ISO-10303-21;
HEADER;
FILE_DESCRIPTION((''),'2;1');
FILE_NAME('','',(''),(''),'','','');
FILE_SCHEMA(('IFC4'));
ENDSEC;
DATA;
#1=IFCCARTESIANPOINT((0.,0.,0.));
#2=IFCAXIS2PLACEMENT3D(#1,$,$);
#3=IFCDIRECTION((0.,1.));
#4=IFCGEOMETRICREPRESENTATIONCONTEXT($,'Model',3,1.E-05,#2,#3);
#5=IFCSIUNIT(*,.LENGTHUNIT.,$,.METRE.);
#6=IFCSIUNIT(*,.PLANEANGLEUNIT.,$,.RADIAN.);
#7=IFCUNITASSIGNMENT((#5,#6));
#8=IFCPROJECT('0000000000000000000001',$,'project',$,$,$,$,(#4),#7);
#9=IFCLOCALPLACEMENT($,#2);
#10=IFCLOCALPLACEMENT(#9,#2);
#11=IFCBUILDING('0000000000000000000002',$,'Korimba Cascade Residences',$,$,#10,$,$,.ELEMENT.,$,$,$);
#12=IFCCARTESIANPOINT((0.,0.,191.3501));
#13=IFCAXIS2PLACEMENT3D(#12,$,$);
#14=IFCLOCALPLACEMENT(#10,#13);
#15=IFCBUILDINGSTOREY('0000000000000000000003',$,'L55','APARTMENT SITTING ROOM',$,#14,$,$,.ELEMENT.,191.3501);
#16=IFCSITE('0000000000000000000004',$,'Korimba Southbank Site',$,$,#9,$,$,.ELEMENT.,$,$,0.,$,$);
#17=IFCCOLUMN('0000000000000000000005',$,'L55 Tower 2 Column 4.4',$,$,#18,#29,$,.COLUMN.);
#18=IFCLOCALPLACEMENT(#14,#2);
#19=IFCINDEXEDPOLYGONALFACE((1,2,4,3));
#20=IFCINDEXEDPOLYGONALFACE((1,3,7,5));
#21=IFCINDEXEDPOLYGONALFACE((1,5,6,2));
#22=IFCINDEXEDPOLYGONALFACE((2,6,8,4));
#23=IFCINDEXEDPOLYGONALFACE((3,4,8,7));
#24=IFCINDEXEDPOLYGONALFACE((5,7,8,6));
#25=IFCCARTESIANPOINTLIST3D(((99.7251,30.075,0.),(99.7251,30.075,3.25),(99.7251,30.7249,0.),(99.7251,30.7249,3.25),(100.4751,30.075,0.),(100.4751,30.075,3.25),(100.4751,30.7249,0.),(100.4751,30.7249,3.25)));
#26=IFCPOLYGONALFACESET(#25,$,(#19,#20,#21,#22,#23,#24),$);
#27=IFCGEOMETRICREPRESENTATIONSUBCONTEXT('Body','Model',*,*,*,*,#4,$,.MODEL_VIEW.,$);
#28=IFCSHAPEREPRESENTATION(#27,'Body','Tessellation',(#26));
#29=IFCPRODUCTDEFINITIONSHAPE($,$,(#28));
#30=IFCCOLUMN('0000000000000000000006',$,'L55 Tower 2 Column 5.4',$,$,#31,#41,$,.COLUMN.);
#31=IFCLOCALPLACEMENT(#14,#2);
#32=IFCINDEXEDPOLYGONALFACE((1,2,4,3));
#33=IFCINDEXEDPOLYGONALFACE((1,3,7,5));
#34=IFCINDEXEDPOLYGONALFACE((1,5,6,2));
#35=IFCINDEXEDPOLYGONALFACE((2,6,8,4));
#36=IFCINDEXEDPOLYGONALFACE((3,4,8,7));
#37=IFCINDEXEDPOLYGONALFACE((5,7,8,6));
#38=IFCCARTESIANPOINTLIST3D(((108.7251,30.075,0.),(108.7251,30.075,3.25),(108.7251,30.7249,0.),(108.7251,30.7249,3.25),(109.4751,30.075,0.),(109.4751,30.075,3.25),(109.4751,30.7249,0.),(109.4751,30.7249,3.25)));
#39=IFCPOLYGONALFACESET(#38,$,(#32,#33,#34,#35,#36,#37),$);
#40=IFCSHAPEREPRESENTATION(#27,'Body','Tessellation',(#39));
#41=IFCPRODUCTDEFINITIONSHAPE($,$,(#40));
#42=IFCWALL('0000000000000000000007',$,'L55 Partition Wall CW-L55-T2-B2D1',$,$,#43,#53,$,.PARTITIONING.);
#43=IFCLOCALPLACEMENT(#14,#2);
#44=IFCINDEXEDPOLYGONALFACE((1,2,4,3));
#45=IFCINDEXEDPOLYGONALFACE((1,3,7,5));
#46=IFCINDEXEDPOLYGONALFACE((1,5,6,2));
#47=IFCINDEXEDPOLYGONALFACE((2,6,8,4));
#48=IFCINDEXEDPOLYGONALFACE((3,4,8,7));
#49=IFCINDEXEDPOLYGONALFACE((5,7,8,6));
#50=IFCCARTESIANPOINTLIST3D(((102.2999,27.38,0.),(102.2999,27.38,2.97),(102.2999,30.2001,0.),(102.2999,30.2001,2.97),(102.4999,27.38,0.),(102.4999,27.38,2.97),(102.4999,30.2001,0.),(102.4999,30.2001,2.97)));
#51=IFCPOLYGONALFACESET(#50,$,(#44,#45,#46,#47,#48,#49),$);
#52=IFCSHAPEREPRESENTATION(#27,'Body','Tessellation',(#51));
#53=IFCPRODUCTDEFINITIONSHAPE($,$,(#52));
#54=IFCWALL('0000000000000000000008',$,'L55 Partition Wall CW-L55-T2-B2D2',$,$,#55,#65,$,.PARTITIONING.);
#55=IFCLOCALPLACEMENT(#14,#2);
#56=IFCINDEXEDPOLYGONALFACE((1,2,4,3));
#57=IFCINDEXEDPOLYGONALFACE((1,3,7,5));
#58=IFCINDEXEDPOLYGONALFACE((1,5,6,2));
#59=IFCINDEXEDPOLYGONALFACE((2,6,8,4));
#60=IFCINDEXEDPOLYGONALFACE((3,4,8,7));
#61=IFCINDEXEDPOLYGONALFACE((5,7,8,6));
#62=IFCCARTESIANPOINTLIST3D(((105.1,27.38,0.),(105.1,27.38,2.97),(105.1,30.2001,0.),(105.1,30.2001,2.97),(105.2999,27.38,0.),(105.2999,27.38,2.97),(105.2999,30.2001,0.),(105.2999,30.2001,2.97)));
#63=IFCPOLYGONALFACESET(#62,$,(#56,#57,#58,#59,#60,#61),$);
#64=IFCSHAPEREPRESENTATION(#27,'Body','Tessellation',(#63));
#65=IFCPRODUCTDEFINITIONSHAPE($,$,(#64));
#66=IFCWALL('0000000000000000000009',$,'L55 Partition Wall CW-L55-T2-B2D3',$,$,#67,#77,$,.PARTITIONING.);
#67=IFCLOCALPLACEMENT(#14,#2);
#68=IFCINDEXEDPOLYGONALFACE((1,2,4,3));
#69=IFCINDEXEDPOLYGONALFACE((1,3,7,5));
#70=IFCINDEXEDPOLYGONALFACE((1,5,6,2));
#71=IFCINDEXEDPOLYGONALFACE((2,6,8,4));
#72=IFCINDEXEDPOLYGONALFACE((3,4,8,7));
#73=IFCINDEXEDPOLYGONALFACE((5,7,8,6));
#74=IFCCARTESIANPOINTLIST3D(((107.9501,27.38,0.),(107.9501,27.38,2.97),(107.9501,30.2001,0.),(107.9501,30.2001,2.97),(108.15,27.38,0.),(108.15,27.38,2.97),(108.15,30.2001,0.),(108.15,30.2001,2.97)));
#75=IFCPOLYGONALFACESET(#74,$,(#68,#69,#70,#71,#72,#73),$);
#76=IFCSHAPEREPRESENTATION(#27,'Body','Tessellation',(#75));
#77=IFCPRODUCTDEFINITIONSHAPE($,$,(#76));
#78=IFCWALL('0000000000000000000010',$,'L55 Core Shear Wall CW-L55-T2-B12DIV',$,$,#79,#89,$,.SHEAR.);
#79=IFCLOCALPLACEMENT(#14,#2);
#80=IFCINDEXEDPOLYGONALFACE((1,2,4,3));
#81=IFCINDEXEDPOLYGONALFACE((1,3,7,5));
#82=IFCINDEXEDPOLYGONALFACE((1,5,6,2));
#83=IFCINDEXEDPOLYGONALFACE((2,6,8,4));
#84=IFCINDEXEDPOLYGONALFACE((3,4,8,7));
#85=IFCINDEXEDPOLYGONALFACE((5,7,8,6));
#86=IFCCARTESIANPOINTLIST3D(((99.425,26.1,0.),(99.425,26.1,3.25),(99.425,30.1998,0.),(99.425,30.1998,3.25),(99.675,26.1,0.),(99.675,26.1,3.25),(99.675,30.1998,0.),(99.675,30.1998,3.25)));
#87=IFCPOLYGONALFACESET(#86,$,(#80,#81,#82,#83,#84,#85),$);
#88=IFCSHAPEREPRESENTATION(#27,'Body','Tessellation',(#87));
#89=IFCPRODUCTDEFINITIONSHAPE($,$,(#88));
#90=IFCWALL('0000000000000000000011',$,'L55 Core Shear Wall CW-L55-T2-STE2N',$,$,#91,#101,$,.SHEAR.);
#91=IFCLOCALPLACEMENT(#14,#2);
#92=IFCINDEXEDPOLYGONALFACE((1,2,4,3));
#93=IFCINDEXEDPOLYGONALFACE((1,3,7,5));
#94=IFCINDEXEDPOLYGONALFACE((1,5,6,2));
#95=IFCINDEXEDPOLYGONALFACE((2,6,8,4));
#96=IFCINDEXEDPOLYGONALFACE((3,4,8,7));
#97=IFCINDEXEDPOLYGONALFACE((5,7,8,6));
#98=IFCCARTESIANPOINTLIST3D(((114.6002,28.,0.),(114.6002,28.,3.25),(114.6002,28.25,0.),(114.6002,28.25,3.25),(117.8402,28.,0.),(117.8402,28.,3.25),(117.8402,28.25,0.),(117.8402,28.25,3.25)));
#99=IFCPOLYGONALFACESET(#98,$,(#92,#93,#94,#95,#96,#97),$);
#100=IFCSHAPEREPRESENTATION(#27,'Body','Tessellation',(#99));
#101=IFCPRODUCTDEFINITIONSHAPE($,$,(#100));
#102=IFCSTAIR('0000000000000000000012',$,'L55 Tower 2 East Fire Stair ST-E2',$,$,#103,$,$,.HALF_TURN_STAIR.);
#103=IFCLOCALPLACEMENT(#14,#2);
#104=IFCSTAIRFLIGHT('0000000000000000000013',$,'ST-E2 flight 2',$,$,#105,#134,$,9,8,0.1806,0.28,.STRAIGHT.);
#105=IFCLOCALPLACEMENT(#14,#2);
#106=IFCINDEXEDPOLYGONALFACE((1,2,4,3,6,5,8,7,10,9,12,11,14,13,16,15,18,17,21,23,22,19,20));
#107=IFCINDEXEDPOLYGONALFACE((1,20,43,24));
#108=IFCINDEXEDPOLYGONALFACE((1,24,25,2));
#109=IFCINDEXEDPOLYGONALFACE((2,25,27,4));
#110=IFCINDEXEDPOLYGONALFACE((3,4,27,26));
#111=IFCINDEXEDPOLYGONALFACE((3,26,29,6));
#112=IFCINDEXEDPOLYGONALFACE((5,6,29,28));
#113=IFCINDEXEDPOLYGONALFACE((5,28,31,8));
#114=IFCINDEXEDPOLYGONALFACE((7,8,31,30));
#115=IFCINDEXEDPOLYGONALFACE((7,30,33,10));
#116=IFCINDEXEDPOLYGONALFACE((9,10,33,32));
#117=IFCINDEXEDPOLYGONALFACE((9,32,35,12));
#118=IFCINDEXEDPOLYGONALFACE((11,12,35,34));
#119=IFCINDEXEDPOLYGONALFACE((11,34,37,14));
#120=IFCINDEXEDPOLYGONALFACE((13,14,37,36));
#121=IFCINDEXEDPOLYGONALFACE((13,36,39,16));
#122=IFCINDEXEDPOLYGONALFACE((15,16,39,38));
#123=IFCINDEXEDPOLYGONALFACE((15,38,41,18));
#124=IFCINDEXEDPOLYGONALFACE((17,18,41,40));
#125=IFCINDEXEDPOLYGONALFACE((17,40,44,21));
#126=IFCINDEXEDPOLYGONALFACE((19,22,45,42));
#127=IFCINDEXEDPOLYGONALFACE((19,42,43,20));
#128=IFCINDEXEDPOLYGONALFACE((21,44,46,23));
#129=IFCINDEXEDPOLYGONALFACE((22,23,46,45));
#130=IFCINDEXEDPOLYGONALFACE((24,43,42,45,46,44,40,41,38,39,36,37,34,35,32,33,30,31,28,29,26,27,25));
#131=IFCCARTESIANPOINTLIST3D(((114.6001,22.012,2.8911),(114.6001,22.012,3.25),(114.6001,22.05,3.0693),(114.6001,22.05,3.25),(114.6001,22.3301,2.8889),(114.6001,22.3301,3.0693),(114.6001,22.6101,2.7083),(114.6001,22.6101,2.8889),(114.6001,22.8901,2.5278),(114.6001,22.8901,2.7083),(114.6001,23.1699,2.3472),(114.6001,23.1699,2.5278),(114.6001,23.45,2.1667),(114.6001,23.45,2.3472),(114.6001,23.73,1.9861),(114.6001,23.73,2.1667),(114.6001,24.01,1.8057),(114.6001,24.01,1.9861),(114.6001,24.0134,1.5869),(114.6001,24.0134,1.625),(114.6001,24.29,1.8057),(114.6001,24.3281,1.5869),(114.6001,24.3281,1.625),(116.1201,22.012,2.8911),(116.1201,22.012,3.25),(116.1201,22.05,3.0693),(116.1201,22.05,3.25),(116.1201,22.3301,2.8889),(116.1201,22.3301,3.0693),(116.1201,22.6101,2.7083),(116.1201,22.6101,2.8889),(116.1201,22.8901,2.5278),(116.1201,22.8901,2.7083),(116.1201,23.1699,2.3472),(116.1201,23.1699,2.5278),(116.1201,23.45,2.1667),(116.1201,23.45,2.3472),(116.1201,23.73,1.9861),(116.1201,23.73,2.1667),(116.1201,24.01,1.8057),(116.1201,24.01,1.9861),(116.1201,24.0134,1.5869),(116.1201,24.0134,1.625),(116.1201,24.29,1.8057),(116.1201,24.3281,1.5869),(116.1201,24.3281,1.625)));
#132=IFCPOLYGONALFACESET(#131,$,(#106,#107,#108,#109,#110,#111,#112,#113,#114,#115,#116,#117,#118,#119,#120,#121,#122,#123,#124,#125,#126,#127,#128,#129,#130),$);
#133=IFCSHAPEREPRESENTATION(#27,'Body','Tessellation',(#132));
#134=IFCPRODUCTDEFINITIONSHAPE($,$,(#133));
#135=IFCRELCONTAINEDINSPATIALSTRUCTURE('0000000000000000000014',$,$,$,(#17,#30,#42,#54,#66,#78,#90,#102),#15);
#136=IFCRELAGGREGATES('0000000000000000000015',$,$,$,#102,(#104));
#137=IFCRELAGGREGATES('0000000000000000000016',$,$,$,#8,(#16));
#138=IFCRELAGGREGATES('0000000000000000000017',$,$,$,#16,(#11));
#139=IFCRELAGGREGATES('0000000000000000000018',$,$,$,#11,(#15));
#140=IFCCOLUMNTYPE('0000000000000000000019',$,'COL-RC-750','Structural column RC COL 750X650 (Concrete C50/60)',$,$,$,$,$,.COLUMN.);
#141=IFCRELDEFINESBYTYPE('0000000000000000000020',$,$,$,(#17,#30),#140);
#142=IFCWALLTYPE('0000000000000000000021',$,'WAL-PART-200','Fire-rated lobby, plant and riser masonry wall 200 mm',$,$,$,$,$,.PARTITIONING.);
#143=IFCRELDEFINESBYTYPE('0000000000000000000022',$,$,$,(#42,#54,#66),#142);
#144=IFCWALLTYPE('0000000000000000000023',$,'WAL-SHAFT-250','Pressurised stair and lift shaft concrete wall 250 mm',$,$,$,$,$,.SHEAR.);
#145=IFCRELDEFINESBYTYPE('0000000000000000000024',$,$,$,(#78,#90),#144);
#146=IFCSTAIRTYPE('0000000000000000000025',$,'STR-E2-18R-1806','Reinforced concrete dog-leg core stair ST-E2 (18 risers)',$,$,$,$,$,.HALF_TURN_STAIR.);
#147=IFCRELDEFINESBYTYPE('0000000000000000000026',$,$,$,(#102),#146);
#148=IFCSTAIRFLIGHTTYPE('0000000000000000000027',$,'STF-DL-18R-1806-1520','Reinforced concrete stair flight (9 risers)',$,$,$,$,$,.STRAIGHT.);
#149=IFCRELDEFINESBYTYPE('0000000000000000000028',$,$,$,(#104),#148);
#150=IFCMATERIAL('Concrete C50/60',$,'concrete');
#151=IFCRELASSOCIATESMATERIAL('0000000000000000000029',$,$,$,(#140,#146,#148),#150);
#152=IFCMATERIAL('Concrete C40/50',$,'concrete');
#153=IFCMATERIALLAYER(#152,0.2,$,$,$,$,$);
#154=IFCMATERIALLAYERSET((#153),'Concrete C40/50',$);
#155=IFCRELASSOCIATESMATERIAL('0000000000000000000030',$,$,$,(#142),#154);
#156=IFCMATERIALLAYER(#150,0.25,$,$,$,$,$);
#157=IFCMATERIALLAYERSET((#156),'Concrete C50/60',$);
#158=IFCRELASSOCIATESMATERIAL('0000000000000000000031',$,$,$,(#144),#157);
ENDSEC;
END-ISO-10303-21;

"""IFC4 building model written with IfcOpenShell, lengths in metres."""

from ifc_helpers import new_model, si_unit, direction, frame, frame_2d, origin, origin_2d, place, context, subcontext, project, spatial, polyline, rectangle, outline, extrude, material, layer, layer_set, material_profile, profile_set, type_object, element, aggregate, save


model = new_model("IFC4")

# Units and contexts
model_context = context("Model", 3, precision=1e-05, world=origin(), true_north=direction((0.0, 1.0)))
body_context = subcontext(model_context, "Body", "Model", "MODEL_VIEW")
ifc_project = project(units=[si_unit("LENGTHUNIT", "METRE"), si_unit("PLANEANGLEUNIT", "RADIAN")], contexts=[model_context])

# Site, building, storey
site_placement = place(None, origin())
site = spatial("IfcSite", under=ifc_project, at=site_placement, Name="Korimba Southbank Site", CompositionType="ELEMENT", RefElevation=0.0)
building_placement = place(site_placement, origin())
building = spatial("IfcBuilding", under=site, at=building_placement, Name="Korimba Cascade Residences", CompositionType="ELEMENT")
storey_placement = place(building_placement, frame((0.0, 0.0, 191.3501)))
storey = spatial("IfcBuildingStorey", under=building, at=storey_placement, Name="L55", Description="APARTMENT SITTING ROOM", CompositionType="ELEMENT", Elevation=191.3501)

# Columns
ifc_material_1 = material(Name="Concrete C50/60", Category="concrete")
ifc_material_profile = material_profile(ifc_material_1, rectangle(XDim=0.75, YDim=0.6499, at=origin_2d()), Name="Concrete C50/60")
ifc_profile_set = profile_set([ifc_material_profile], Name="Concrete C50/60")
column_type = type_object("IfcColumnType", Name="COL-RC-750", Description="Structural column RC COL 750X650 (Concrete C50/60)", PredefinedType="COLUMN", material=ifc_profile_set)
for number, where, z_axis, x_axis, name in (
    (1, (100.1001, 30.3999, 0.0), (0.0, 0.0, 1.0), (1.0, 0.0, 0.0), "L55 Tower 2 Column 4.4"),
    (2, (109.1001, 30.3999, 0.0), (0.0, 0.0, 1.0), (1.0, 0.0, 0.0), "L55 Tower 2 Column 5.4"),
):
    element("IfcColumn", number, at=place(storey_placement, frame(where, z_axis=z_axis, x_axis=x_axis)), inside=storey, type_object=column_type, Name=name, PredefinedType="COLUMN", context=body_context, shape_type="SweptSolid", body=[
        extrude(rectangle(XDim=0.75, YDim=0.6499, at=origin_2d()), origin(), (0.0, 0.0, 1.0), 3.25),
    ])

# Walls
ifc_material_2 = material(Name="Concrete C40/50", Category="concrete")
ifc_layer_1 = layer(ifc_material_2, 0.2)
ifc_layer_set_1 = layer_set([ifc_layer_1], Name="Concrete C40/50")
wall_type_1 = type_object("IfcWallType", Name="WAL-PART-200", Description="Fire-rated lobby, plant and riser masonry wall 200 mm", PredefinedType="PARTITIONING", material=ifc_layer_set_1)
for number, where, z_axis, x_axis, name in (
    (3, (102.3999, 27.3799, 0.0), (0.0, 0.0, 1.0), (0.0, 1.0, 0.0), "L55 Partition Wall CW-L55-T2-B2D1"),
    (4, (105.2, 27.3799, 0.0), (0.0, 0.0, 1.0), (0.0, 1.0, 0.0), "L55 Partition Wall CW-L55-T2-B2D2"),
    (5, (108.05, 27.3799, 0.0), (0.0, 0.0, 1.0), (0.0, 1.0, 0.0), "L55 Partition Wall CW-L55-T2-B2D3"),
):
    element("IfcWall", number, at=place(storey_placement, frame(where, z_axis=z_axis, x_axis=x_axis)), inside=storey, type_object=wall_type_1, Name=name, PredefinedType="PARTITIONING", context=body_context, shape_type="SweptSolid", body=[
        extrude(rectangle(XDim=2.8201, YDim=0.2, at=frame_2d((1.4102, 0.0))), origin(), (0.0, 0.0, 1.0), 2.97),
    ])
ifc_layer_2 = layer(ifc_material_1, 0.25)
ifc_layer_set_2 = layer_set([ifc_layer_2], Name="Concrete C50/60")
wall_type_2 = type_object("IfcWallType", Name="WAL-SHAFT-250", Description="Pressurised stair and lift shaft concrete wall 250 mm", PredefinedType="SHEAR", material=ifc_layer_set_2)
wall_1_placement = place(storey_placement, frame((99.55, 26.1001, 0.0), z_axis=(0.0, 0.0, 1.0), x_axis=(0.0, 1.0, 0.0)))
element("IfcWall", 6, at=wall_1_placement, inside=storey, type_object=wall_type_2, Name="L55 Core Shear Wall CW-L55-T2-B12DIV", PredefinedType="SHEAR", context=body_context, shape_type="SweptSolid", body=[
    extrude(rectangle(XDim=4.0999, YDim=0.25, at=frame_2d((2.0498, 0.0))), origin(), (0.0, 0.0, 1.0), 3.25),
])

# Wall
wall_2_placement = place(storey_placement, frame((114.6001, 28.125, 0.0), z_axis=(0.0, 0.0, 1.0), x_axis=(1.0, 0.0, 0.0)))
element("IfcWall", 7, at=wall_2_placement, inside=storey, type_object=wall_type_2, Name="L55 Core Shear Wall CW-L55-T2-STE2N", PredefinedType="SHEAR", context=body_context, shape_type="SweptSolid", body=[
    extrude(rectangle(XDim=3.24, YDim=0.25, at=frame_2d((1.6201, 0.0))), origin(), (0.0, 0.0, 1.0), 3.25),
])

# Stair, stair flight
stair_type = type_object("IfcStairType", Name="STR-E2-18R-1806", Description="Reinforced concrete dog-leg core stair ST-E2 (18 risers)", PredefinedType="HALF_TURN_STAIR", material=ifc_material_1)
stair_placement = place(storey_placement, origin())
stair = element("IfcStair", 8, at=stair_placement, inside=storey, type_object=stair_type, Name="L55 Tower 2 East Fire Stair ST-E2", PredefinedType="HALF_TURN_STAIR")
stair_flight_type = type_object("IfcStairFlightType", Name="STF-DL-18R-1806-1520", Description="Reinforced concrete stair flight (9 risers)", PredefinedType="STRAIGHT", material=ifc_material_1)
stair_flight_placement = place(storey_placement, frame((115.3601, 24.29, 1.625), z_axis=(0.0, 0.0, 1.0), x_axis=(0.0, -1.0, 0.0)))
stair_flight = element("IfcStairFlight", 9, at=stair_flight_placement, type_object=stair_flight_type, Name="ST-E2 flight 2", NumberOfRisers=9, NumberOfTreads=8, PredefinedType="STRAIGHT", RiserHeight=0.1806, TreadLength=0.28, context=body_context, shape_type="SweptSolid", body=[
    extrude(outline(polyline([(-0.0381, 0.0), (0.0, 0.1807), (0.28, 0.1807), (0.28, 0.3611), (0.5601, 0.3611), (0.5601, 0.5417), (0.8401, 0.5417), (0.8401, 0.7222), (1.1201, 0.7222), (1.1201, 0.9028), (1.3999, 0.9028), (1.3999, 1.0833), (1.6799, 1.0833), (1.6799, 1.2639), (1.96, 1.2639), (1.96, 1.4443), (2.24, 1.4443), (2.24, 1.625), (2.2781, 1.625), (2.2781, 1.2661), (0.2766, 0.0), (0.2766, -0.0381), (-0.0381, -0.0381), (-0.0381, 0.0)])), frame((0.0, 0.76, 0.0), z_axis=(0.0, -1.0, 0.0), x_axis=(1.0, 0.0, 0.0)), (0.0, 0.0, 1.0), 1.52),
])
aggregate(stair, [stair_flight])

save(model, "model.ifc")
